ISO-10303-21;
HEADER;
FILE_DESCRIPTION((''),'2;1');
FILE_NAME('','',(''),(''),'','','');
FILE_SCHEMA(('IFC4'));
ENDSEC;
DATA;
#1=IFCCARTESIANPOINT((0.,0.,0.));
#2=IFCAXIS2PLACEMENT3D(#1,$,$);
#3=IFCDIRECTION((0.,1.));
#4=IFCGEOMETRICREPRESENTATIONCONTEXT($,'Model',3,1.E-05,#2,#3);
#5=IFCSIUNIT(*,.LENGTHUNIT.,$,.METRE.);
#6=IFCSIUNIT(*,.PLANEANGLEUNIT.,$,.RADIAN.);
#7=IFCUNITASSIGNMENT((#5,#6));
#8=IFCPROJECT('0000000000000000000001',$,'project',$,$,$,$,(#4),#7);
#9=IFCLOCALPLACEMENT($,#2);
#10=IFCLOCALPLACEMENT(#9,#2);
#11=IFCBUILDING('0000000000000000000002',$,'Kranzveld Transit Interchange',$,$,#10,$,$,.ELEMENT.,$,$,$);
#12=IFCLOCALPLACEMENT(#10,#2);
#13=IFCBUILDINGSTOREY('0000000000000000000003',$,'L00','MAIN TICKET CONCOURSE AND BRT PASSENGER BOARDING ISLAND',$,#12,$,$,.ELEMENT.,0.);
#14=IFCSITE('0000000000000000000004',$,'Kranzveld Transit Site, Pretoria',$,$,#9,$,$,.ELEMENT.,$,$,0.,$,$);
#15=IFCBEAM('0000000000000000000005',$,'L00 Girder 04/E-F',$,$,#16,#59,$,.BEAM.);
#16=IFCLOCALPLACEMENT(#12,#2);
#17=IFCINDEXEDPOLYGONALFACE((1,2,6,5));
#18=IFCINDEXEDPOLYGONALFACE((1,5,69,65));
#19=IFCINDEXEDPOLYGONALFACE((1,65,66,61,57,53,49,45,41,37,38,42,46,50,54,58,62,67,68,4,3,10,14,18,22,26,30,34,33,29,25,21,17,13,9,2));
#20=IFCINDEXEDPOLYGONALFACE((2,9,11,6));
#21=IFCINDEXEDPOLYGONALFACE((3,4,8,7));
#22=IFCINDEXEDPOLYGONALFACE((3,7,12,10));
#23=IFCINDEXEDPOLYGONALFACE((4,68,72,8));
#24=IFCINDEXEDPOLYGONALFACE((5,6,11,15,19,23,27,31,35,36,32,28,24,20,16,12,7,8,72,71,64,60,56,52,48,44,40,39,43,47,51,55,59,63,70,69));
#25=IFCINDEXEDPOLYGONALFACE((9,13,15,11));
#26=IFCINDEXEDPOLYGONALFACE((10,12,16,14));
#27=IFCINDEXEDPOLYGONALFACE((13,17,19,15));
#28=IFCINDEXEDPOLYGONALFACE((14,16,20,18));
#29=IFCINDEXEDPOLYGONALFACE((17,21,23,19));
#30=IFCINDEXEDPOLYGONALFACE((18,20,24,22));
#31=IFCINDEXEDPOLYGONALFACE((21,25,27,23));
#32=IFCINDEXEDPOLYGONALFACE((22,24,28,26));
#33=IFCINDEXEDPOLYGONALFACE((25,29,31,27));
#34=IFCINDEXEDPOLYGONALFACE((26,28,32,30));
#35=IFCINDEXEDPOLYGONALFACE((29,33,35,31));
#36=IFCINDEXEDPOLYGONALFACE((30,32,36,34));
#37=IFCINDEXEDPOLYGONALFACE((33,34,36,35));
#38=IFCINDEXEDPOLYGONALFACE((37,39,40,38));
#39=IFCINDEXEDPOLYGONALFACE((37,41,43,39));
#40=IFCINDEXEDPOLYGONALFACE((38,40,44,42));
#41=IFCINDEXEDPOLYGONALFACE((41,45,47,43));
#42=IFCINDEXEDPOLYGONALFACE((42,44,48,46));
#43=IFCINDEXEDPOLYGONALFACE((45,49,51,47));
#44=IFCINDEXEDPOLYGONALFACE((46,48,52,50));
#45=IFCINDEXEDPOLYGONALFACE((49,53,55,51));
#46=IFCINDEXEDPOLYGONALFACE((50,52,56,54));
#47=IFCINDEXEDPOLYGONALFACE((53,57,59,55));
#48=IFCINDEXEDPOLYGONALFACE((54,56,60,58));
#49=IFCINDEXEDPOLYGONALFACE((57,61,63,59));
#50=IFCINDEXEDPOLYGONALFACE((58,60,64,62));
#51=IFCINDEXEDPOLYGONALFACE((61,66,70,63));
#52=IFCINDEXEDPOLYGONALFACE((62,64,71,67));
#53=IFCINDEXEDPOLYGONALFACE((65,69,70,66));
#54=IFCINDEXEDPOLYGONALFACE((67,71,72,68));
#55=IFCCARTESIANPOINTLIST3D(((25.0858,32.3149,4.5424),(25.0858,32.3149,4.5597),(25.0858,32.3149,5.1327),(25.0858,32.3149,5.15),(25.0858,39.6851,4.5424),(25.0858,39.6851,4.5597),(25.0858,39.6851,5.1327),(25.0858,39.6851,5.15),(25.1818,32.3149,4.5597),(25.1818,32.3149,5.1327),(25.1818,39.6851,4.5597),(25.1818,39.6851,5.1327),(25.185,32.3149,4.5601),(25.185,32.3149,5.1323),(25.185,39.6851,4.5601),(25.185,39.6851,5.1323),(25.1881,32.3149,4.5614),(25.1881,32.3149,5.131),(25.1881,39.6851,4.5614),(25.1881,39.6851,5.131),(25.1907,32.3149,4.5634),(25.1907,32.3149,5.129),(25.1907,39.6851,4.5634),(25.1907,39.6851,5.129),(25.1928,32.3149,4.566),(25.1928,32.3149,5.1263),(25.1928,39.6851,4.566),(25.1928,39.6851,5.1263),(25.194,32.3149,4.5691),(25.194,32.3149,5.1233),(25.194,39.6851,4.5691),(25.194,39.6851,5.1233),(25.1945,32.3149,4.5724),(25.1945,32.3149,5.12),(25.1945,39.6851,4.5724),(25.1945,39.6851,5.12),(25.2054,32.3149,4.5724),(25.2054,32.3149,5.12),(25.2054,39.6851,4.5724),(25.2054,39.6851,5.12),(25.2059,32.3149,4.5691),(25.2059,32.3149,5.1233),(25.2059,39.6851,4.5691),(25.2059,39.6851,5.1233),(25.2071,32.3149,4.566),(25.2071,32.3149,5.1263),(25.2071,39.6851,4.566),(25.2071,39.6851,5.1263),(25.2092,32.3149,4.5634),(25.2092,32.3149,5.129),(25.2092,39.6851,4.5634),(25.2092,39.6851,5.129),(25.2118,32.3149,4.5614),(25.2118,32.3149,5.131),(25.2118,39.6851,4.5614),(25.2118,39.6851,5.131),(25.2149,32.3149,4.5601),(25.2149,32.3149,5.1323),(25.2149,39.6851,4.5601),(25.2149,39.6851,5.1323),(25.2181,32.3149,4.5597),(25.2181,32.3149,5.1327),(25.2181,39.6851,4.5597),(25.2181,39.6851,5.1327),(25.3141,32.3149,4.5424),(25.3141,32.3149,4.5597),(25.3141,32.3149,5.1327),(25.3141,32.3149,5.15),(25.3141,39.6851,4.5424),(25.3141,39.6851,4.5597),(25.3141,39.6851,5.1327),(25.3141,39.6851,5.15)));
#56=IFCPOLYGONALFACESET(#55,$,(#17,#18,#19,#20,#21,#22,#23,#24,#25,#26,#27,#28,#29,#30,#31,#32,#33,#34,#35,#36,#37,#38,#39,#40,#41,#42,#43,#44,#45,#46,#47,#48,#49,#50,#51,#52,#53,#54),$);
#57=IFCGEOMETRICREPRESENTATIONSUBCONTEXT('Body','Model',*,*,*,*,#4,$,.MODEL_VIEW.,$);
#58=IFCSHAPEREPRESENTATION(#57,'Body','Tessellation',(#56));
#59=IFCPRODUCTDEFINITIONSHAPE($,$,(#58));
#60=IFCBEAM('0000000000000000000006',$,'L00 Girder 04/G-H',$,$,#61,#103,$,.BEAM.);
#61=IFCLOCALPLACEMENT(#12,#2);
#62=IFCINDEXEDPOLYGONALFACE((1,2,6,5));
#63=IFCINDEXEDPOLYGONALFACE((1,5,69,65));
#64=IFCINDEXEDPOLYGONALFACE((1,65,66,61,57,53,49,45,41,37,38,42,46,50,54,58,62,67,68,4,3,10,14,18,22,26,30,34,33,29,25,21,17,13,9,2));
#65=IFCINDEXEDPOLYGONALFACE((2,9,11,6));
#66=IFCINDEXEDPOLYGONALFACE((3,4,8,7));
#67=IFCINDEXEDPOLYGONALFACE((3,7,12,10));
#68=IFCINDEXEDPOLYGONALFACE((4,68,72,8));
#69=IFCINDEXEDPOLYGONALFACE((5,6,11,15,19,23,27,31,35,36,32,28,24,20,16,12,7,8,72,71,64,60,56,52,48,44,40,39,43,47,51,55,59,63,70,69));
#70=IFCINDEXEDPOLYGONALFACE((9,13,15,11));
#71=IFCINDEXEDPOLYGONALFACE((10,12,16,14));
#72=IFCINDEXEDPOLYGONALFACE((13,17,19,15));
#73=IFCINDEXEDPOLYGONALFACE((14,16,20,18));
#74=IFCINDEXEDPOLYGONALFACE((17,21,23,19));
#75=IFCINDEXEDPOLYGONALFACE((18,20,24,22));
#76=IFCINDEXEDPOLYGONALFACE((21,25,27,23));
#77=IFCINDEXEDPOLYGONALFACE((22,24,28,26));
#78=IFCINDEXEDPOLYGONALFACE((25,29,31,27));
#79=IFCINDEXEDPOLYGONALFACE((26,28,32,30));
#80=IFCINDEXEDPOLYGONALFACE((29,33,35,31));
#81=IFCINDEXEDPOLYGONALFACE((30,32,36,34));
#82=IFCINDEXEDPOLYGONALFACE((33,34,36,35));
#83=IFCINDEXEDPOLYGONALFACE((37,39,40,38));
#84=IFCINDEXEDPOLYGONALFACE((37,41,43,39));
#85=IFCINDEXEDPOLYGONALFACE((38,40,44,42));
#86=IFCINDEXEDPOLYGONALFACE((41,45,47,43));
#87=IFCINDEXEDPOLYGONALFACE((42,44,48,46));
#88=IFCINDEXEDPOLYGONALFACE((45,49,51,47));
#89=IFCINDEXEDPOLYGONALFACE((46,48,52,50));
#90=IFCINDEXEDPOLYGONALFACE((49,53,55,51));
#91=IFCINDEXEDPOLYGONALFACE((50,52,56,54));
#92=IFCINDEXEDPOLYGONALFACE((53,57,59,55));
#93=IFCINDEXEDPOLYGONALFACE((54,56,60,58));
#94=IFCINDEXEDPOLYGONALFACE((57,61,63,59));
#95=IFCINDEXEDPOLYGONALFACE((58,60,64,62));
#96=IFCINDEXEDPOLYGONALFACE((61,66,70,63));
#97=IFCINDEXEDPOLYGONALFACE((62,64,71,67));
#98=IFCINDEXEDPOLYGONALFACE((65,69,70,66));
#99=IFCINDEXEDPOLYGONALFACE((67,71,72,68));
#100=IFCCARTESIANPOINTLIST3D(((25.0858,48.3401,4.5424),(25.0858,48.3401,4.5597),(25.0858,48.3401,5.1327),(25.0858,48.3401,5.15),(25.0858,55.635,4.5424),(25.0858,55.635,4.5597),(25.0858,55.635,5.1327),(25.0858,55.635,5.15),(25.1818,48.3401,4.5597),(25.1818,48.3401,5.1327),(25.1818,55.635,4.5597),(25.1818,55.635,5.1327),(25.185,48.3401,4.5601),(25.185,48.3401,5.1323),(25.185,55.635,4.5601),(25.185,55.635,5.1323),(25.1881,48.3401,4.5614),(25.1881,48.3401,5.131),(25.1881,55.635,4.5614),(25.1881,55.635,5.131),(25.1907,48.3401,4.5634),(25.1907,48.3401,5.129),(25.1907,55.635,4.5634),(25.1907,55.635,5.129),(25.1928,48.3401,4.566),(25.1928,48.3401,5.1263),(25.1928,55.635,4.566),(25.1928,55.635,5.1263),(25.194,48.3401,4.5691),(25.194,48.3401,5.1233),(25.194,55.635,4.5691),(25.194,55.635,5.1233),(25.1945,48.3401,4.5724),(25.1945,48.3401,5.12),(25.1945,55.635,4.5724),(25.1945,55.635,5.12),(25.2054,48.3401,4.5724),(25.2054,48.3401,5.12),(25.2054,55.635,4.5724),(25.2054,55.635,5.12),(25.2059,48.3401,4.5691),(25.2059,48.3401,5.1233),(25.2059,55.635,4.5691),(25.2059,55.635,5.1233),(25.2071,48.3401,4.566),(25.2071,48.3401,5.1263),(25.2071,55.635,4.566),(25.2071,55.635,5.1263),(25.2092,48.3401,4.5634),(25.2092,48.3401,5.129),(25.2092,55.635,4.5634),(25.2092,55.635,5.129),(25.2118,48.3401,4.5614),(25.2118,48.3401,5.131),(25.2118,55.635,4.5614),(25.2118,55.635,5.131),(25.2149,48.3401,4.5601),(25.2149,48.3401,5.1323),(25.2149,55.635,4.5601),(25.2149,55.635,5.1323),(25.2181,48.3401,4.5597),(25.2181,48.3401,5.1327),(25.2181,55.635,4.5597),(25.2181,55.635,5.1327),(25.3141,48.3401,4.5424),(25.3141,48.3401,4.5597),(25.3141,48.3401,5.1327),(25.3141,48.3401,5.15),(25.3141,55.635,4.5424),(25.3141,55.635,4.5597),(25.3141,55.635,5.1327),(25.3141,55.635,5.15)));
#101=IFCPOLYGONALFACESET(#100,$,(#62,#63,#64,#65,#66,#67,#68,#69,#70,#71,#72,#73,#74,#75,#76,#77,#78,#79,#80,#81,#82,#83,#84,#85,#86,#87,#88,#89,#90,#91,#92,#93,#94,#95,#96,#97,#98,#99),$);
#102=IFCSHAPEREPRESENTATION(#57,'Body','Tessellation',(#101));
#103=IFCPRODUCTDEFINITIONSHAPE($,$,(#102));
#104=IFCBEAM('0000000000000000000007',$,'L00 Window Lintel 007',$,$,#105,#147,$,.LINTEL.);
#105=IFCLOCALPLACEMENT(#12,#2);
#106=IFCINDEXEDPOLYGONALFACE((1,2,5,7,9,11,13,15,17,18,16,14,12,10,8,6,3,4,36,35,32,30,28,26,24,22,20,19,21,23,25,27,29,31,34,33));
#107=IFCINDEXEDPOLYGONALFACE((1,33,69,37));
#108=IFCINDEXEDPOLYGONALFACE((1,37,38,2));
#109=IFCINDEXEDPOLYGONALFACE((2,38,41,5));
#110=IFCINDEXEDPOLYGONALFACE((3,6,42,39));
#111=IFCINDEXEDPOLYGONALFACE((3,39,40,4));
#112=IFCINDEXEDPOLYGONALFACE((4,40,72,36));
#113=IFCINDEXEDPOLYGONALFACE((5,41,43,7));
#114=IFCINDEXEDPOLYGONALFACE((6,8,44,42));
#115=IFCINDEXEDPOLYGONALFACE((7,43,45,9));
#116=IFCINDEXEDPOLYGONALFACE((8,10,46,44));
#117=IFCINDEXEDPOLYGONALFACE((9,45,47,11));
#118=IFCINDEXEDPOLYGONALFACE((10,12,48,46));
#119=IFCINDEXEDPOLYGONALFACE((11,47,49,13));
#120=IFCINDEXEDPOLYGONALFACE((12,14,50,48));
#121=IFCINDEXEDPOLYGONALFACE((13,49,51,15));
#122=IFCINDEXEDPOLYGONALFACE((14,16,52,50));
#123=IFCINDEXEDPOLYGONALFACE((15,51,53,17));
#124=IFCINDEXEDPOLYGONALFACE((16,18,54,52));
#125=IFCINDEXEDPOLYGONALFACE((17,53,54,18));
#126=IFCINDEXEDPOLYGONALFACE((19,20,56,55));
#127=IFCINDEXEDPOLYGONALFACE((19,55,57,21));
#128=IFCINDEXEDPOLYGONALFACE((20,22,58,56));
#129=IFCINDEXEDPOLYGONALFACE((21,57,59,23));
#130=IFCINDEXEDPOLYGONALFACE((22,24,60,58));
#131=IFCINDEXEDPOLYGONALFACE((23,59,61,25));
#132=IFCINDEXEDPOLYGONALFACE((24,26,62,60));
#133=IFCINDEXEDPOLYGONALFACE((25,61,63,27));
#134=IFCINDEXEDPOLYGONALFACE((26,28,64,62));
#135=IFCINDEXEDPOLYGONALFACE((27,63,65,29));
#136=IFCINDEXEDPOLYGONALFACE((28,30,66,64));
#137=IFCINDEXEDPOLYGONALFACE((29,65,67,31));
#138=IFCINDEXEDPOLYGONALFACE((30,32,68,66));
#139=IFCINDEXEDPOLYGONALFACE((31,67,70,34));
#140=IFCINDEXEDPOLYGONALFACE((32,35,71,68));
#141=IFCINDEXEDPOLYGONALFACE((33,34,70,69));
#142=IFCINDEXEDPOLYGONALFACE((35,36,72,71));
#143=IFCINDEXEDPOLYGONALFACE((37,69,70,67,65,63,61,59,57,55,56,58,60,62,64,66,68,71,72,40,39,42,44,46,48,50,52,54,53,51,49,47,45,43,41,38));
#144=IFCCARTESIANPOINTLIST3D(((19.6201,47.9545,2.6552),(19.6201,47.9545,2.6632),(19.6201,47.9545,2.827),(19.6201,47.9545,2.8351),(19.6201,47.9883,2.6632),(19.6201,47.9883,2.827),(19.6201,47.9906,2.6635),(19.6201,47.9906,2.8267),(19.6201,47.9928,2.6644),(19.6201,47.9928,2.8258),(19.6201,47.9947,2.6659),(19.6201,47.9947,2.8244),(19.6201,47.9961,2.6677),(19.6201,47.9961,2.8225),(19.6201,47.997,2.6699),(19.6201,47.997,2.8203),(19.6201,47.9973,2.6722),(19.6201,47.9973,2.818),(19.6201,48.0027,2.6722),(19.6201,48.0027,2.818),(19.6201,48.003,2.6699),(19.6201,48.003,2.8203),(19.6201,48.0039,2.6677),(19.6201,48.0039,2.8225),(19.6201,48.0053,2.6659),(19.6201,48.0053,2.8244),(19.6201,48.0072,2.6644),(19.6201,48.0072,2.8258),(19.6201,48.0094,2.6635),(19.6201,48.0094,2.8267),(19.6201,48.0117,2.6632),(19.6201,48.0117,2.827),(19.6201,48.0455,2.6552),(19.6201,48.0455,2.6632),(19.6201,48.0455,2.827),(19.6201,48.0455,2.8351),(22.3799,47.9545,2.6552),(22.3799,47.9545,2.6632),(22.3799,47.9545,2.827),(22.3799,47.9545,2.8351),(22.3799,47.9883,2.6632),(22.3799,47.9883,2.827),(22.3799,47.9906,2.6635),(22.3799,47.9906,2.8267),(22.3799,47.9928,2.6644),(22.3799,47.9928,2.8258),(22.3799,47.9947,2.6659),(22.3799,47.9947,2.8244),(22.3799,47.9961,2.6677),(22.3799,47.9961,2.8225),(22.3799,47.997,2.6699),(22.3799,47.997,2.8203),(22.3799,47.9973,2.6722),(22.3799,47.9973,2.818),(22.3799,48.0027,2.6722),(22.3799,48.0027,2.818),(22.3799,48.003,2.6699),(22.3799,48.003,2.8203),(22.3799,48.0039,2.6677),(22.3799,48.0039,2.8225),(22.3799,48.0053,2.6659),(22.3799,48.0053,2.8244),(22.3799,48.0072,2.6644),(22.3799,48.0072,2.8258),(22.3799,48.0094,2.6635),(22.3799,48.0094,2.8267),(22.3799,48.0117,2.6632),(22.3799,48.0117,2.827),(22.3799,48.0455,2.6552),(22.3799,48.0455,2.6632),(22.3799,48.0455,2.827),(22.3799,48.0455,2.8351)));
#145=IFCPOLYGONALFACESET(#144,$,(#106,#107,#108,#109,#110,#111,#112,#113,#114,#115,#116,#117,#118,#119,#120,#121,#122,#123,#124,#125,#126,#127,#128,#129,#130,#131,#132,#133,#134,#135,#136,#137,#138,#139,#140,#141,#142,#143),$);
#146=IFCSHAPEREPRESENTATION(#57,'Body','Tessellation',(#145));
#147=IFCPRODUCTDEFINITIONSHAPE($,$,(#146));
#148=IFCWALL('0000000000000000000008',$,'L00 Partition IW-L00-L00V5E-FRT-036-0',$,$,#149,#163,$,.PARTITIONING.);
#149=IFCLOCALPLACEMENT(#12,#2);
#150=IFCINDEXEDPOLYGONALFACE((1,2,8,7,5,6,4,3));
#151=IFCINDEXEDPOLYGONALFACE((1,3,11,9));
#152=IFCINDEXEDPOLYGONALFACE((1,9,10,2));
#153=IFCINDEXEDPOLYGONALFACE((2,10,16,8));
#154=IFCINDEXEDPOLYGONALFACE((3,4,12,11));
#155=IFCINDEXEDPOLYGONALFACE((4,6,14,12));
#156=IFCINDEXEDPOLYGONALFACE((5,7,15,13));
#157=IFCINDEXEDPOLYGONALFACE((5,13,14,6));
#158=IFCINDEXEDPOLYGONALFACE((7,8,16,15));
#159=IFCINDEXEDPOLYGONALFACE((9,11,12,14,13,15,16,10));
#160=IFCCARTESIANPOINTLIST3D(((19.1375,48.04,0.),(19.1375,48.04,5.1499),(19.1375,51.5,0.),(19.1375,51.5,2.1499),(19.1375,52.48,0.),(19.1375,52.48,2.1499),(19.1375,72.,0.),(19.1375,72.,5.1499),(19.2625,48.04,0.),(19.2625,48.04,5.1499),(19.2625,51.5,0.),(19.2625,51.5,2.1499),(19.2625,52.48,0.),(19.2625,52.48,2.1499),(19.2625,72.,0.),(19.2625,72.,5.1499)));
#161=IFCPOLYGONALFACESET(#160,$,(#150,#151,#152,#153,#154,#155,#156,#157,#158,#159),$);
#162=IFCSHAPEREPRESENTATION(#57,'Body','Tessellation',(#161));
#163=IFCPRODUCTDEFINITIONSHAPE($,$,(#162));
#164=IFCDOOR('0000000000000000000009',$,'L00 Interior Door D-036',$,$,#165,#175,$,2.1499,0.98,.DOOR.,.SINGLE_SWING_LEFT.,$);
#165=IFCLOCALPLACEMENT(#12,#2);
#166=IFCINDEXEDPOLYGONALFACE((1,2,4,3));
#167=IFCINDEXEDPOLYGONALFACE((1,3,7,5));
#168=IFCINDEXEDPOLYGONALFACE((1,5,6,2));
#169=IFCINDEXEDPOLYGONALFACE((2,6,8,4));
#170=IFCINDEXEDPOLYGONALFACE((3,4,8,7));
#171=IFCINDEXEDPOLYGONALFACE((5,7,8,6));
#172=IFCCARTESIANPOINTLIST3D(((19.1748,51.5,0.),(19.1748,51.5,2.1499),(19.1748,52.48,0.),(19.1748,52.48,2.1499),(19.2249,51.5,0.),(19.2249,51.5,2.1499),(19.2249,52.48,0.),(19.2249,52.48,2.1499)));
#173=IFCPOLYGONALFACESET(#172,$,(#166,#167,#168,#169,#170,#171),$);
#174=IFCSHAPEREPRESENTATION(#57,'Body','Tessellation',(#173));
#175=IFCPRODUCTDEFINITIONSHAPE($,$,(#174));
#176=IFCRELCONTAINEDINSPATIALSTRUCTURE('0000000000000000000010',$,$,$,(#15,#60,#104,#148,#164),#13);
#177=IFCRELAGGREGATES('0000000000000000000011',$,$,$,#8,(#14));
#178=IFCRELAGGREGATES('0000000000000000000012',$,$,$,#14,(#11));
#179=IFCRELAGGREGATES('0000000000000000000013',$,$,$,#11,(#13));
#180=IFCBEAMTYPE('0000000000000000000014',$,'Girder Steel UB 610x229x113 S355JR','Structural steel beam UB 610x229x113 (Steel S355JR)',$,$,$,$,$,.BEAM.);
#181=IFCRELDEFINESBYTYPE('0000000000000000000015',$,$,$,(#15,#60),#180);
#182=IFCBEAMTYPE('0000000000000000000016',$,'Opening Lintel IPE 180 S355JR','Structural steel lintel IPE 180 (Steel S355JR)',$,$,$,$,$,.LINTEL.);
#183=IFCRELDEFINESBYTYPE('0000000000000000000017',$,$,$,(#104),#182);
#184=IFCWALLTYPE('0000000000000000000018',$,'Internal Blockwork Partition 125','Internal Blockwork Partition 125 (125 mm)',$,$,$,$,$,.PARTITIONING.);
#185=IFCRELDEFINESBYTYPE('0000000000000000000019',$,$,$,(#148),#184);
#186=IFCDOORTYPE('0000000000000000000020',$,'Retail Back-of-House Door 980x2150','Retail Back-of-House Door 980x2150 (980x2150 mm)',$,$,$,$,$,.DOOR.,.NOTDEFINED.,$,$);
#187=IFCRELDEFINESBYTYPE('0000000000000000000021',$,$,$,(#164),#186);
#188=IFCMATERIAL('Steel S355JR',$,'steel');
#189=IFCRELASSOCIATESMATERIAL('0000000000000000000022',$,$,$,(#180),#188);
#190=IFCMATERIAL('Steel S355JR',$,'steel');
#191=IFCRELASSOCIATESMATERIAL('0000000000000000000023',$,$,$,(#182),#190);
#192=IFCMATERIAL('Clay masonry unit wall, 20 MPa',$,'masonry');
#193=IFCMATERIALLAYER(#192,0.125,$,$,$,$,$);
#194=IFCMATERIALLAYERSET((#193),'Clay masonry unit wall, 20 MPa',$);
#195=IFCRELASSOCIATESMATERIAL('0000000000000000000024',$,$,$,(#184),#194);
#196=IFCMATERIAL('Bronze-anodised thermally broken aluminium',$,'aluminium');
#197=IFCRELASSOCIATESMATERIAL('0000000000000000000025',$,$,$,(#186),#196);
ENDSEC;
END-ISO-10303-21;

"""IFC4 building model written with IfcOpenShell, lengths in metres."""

from ifc_helpers import new_model, si_unit, direction, frame, frame_2d, origin, origin_2d, place, context, subcontext, project, spatial, rectangle, i_section, extrude, material, layer, layer_set, material_profile, profile_set, type_object, element, fill, save


model = new_model("IFC4")

# Units and contexts
model_context = context("Model", 3, precision=1e-05, world=origin(), true_north=direction((0.0, 1.0)))
body_context = subcontext(model_context, "Body", "Model", "MODEL_VIEW")
ifc_project = project(units=[si_unit("LENGTHUNIT", "METRE"), si_unit("PLANEANGLEUNIT", "RADIAN")], contexts=[model_context])

# Site, building, storey
site_placement = place(None, origin())
site = spatial("IfcSite", under=ifc_project, at=site_placement, Name="Kranzveld Transit Site, Pretoria", CompositionType="ELEMENT", RefElevation=0.0)
building_placement = place(site_placement, origin())
building = spatial("IfcBuilding", under=site, at=building_placement, Name="Kranzveld Transit Interchange", CompositionType="ELEMENT")
storey_placement = place(building_placement, origin())
storey = spatial("IfcBuildingStorey", under=building, at=storey_placement, Name="L00", Description="MAIN TICKET CONCOURSE AND BRT PASSENGER BOARDING ISLAND", CompositionType="ELEMENT", Elevation=0.0)

# Beams
ifc_material_1 = material(Name="Steel S355JR", Category="steel")
ifc_material_profile_1 = material_profile(ifc_material_1, i_section(OverallWidth=0.2283, OverallDepth=0.6077, WebThickness=0.011, FlangeThickness=0.0173, FilletRadius=0.0127, at=origin_2d()), Name="UB 610x229x113")
ifc_profile_set_1 = profile_set([ifc_material_profile_1], Name="Steel S355JR")
beam_type_1 = type_object("IfcBeamType", Name="Girder Steel UB 610x229x113 S355JR", Description="Structural steel beam UB 610x229x113 (Steel S355JR)", PredefinedType="BEAM", material=ifc_profile_set_1)
beam_1_placement = place(storey_placement, frame((25.2, 32.3149, 4.8462), z_axis=(0.0, 1.0, 0.0), x_axis=(-1.0, 0.0, 0.0)))
element("IfcBeam", 1, at=beam_1_placement, inside=storey, type_object=beam_type_1, Name="L00 Girder 04/E-F", PredefinedType="BEAM", context=body_context, shape_type="SweptSolid", body=[
    extrude(i_section(OverallWidth=0.2283, OverallDepth=0.6077, WebThickness=0.011, FlangeThickness=0.0173, FilletRadius=0.0127, at=origin_2d()), origin(), (0.0, 0.0, 1.0), 7.3701),
])
beam_2_placement = place(storey_placement, frame((25.2, 48.3401, 4.8462), z_axis=(0.0, 1.0, 0.0), x_axis=(-1.0, 0.0, 0.0)))
element("IfcBeam", 2, at=beam_2_placement, inside=storey, type_object=beam_type_1, Name="L00 Girder 04/G-H", PredefinedType="BEAM", context=body_context, shape_type="SweptSolid", body=[
    extrude(i_section(OverallWidth=0.2283, OverallDepth=0.6077, WebThickness=0.011, FlangeThickness=0.0173, FilletRadius=0.0127, at=origin_2d()), origin(), (0.0, 0.0, 1.0), 7.2949),
])
ifc_material_2 = material(Name="Steel S355JR", Category="steel")
ifc_material_profile_2 = material_profile(ifc_material_2, i_section(OverallWidth=0.0911, OverallDepth=0.1799, WebThickness=0.0054, FlangeThickness=0.0081, FilletRadius=0.009, at=origin_2d()), Name="IPE 180")
ifc_profile_set_2 = profile_set([ifc_material_profile_2], Name="Steel S355JR")
beam_type_2 = type_object("IfcBeamType", Name="Opening Lintel IPE 180 S355JR", Description="Structural steel lintel IPE 180 (Steel S355JR)", PredefinedType="LINTEL", material=ifc_profile_set_2)
beam_3_placement = place(storey_placement, frame((19.6201, 48.0, 2.7451), z_axis=(1.0, 0.0, 0.0), x_axis=(0.0, 1.0, 0.0)))
element("IfcBeam", 3, at=beam_3_placement, inside=storey, type_object=beam_type_2, Name="L00 Window Lintel 007", PredefinedType="LINTEL", context=body_context, shape_type="SweptSolid", body=[
    extrude(i_section(OverallWidth=0.0911, OverallDepth=0.1799, WebThickness=0.0054, FlangeThickness=0.0081, FilletRadius=0.009, at=origin_2d()), origin(), (0.0, 0.0, 1.0), 2.7598),
])

# Wall, opening, door
ifc_material_3 = material(Name="Clay masonry unit wall, 20 MPa", Category="masonry")
ifc_layer_1 = layer(ifc_material_3, 0.125)
ifc_layer_set_1 = layer_set([ifc_layer_1], Name="Clay masonry unit wall, 20 MPa")
wall_type = type_object("IfcWallType", Name="Internal Blockwork Partition 125", Description="Internal Blockwork Partition 125 (125 mm)", PredefinedType="PARTITIONING", material=ifc_layer_set_1)
wall_placement = place(storey_placement, frame((19.2, 48.04, 0.0), z_axis=(0.0, 0.0, 1.0), x_axis=(0.0, 1.0, 0.0)))
wall = element("IfcWall", 4, at=wall_placement, inside=storey, type_object=wall_type, Name="L00 Partition IW-L00-L00V5E-FRT-036-0", PredefinedType="PARTITIONING", context=body_context, shape_type="SweptSolid", body=[
    extrude(rectangle(XDim=23.96, YDim=0.125, at=frame_2d((11.98, 0.0))), origin(), (0.0, 0.0, 1.0), 5.1499),
])
opening_placement = place(wall_placement, frame((4.4399, 0.0, 0.0), z_axis=(0.0, 0.0, 1.0), x_axis=(-1.0, 0.0, 0.0)))
opening = element("IfcOpeningElement", 5, at=opening_placement, cuts=wall, PredefinedType="OPENING", context=body_context, shape_type="SweptSolid", body=[
    extrude(rectangle(XDim=0.98, YDim=2.1499, at=frame_2d((0.49, 1.075))), frame((0.0, 0.0725, 0.0), z_axis=(0.0, -1.0, 0.0), x_axis=(1.0, 0.0, 0.0)), (0.0, 0.0, 1.0), 0.145),
])
ifc_material_4 = material(Name="Bronze-anodised thermally broken aluminium", Category="aluminium")
door_type = type_object("IfcDoorType", Name="Retail Back-of-House Door 980x2150", Description="Retail Back-of-House Door 980x2150 (980x2150 mm)", OperationType="NOTDEFINED", PredefinedType="DOOR", material=ifc_material_4)
door_placement = place(opening_placement, origin())
door = element("IfcDoor", 6, at=door_placement, inside=storey, type_object=door_type, Name="L00 Interior Door D-036", OperationType="SINGLE_SWING_LEFT", OverallHeight=2.1499, OverallWidth=0.98, PredefinedType="DOOR", context=body_context, shape_type="SweptSolid", body=[
    extrude(rectangle(XDim=0.98, YDim=2.1499, at=frame_2d((0.49, 1.075))), frame((0.0, 0.0249, 0.0), z_axis=(0.0, -1.0, 0.0), x_axis=(1.0, 0.0, 0.0)), (0.0, 0.0, 1.0), 0.05),
])
fill(opening, door)

save(model, "model.ifc")
